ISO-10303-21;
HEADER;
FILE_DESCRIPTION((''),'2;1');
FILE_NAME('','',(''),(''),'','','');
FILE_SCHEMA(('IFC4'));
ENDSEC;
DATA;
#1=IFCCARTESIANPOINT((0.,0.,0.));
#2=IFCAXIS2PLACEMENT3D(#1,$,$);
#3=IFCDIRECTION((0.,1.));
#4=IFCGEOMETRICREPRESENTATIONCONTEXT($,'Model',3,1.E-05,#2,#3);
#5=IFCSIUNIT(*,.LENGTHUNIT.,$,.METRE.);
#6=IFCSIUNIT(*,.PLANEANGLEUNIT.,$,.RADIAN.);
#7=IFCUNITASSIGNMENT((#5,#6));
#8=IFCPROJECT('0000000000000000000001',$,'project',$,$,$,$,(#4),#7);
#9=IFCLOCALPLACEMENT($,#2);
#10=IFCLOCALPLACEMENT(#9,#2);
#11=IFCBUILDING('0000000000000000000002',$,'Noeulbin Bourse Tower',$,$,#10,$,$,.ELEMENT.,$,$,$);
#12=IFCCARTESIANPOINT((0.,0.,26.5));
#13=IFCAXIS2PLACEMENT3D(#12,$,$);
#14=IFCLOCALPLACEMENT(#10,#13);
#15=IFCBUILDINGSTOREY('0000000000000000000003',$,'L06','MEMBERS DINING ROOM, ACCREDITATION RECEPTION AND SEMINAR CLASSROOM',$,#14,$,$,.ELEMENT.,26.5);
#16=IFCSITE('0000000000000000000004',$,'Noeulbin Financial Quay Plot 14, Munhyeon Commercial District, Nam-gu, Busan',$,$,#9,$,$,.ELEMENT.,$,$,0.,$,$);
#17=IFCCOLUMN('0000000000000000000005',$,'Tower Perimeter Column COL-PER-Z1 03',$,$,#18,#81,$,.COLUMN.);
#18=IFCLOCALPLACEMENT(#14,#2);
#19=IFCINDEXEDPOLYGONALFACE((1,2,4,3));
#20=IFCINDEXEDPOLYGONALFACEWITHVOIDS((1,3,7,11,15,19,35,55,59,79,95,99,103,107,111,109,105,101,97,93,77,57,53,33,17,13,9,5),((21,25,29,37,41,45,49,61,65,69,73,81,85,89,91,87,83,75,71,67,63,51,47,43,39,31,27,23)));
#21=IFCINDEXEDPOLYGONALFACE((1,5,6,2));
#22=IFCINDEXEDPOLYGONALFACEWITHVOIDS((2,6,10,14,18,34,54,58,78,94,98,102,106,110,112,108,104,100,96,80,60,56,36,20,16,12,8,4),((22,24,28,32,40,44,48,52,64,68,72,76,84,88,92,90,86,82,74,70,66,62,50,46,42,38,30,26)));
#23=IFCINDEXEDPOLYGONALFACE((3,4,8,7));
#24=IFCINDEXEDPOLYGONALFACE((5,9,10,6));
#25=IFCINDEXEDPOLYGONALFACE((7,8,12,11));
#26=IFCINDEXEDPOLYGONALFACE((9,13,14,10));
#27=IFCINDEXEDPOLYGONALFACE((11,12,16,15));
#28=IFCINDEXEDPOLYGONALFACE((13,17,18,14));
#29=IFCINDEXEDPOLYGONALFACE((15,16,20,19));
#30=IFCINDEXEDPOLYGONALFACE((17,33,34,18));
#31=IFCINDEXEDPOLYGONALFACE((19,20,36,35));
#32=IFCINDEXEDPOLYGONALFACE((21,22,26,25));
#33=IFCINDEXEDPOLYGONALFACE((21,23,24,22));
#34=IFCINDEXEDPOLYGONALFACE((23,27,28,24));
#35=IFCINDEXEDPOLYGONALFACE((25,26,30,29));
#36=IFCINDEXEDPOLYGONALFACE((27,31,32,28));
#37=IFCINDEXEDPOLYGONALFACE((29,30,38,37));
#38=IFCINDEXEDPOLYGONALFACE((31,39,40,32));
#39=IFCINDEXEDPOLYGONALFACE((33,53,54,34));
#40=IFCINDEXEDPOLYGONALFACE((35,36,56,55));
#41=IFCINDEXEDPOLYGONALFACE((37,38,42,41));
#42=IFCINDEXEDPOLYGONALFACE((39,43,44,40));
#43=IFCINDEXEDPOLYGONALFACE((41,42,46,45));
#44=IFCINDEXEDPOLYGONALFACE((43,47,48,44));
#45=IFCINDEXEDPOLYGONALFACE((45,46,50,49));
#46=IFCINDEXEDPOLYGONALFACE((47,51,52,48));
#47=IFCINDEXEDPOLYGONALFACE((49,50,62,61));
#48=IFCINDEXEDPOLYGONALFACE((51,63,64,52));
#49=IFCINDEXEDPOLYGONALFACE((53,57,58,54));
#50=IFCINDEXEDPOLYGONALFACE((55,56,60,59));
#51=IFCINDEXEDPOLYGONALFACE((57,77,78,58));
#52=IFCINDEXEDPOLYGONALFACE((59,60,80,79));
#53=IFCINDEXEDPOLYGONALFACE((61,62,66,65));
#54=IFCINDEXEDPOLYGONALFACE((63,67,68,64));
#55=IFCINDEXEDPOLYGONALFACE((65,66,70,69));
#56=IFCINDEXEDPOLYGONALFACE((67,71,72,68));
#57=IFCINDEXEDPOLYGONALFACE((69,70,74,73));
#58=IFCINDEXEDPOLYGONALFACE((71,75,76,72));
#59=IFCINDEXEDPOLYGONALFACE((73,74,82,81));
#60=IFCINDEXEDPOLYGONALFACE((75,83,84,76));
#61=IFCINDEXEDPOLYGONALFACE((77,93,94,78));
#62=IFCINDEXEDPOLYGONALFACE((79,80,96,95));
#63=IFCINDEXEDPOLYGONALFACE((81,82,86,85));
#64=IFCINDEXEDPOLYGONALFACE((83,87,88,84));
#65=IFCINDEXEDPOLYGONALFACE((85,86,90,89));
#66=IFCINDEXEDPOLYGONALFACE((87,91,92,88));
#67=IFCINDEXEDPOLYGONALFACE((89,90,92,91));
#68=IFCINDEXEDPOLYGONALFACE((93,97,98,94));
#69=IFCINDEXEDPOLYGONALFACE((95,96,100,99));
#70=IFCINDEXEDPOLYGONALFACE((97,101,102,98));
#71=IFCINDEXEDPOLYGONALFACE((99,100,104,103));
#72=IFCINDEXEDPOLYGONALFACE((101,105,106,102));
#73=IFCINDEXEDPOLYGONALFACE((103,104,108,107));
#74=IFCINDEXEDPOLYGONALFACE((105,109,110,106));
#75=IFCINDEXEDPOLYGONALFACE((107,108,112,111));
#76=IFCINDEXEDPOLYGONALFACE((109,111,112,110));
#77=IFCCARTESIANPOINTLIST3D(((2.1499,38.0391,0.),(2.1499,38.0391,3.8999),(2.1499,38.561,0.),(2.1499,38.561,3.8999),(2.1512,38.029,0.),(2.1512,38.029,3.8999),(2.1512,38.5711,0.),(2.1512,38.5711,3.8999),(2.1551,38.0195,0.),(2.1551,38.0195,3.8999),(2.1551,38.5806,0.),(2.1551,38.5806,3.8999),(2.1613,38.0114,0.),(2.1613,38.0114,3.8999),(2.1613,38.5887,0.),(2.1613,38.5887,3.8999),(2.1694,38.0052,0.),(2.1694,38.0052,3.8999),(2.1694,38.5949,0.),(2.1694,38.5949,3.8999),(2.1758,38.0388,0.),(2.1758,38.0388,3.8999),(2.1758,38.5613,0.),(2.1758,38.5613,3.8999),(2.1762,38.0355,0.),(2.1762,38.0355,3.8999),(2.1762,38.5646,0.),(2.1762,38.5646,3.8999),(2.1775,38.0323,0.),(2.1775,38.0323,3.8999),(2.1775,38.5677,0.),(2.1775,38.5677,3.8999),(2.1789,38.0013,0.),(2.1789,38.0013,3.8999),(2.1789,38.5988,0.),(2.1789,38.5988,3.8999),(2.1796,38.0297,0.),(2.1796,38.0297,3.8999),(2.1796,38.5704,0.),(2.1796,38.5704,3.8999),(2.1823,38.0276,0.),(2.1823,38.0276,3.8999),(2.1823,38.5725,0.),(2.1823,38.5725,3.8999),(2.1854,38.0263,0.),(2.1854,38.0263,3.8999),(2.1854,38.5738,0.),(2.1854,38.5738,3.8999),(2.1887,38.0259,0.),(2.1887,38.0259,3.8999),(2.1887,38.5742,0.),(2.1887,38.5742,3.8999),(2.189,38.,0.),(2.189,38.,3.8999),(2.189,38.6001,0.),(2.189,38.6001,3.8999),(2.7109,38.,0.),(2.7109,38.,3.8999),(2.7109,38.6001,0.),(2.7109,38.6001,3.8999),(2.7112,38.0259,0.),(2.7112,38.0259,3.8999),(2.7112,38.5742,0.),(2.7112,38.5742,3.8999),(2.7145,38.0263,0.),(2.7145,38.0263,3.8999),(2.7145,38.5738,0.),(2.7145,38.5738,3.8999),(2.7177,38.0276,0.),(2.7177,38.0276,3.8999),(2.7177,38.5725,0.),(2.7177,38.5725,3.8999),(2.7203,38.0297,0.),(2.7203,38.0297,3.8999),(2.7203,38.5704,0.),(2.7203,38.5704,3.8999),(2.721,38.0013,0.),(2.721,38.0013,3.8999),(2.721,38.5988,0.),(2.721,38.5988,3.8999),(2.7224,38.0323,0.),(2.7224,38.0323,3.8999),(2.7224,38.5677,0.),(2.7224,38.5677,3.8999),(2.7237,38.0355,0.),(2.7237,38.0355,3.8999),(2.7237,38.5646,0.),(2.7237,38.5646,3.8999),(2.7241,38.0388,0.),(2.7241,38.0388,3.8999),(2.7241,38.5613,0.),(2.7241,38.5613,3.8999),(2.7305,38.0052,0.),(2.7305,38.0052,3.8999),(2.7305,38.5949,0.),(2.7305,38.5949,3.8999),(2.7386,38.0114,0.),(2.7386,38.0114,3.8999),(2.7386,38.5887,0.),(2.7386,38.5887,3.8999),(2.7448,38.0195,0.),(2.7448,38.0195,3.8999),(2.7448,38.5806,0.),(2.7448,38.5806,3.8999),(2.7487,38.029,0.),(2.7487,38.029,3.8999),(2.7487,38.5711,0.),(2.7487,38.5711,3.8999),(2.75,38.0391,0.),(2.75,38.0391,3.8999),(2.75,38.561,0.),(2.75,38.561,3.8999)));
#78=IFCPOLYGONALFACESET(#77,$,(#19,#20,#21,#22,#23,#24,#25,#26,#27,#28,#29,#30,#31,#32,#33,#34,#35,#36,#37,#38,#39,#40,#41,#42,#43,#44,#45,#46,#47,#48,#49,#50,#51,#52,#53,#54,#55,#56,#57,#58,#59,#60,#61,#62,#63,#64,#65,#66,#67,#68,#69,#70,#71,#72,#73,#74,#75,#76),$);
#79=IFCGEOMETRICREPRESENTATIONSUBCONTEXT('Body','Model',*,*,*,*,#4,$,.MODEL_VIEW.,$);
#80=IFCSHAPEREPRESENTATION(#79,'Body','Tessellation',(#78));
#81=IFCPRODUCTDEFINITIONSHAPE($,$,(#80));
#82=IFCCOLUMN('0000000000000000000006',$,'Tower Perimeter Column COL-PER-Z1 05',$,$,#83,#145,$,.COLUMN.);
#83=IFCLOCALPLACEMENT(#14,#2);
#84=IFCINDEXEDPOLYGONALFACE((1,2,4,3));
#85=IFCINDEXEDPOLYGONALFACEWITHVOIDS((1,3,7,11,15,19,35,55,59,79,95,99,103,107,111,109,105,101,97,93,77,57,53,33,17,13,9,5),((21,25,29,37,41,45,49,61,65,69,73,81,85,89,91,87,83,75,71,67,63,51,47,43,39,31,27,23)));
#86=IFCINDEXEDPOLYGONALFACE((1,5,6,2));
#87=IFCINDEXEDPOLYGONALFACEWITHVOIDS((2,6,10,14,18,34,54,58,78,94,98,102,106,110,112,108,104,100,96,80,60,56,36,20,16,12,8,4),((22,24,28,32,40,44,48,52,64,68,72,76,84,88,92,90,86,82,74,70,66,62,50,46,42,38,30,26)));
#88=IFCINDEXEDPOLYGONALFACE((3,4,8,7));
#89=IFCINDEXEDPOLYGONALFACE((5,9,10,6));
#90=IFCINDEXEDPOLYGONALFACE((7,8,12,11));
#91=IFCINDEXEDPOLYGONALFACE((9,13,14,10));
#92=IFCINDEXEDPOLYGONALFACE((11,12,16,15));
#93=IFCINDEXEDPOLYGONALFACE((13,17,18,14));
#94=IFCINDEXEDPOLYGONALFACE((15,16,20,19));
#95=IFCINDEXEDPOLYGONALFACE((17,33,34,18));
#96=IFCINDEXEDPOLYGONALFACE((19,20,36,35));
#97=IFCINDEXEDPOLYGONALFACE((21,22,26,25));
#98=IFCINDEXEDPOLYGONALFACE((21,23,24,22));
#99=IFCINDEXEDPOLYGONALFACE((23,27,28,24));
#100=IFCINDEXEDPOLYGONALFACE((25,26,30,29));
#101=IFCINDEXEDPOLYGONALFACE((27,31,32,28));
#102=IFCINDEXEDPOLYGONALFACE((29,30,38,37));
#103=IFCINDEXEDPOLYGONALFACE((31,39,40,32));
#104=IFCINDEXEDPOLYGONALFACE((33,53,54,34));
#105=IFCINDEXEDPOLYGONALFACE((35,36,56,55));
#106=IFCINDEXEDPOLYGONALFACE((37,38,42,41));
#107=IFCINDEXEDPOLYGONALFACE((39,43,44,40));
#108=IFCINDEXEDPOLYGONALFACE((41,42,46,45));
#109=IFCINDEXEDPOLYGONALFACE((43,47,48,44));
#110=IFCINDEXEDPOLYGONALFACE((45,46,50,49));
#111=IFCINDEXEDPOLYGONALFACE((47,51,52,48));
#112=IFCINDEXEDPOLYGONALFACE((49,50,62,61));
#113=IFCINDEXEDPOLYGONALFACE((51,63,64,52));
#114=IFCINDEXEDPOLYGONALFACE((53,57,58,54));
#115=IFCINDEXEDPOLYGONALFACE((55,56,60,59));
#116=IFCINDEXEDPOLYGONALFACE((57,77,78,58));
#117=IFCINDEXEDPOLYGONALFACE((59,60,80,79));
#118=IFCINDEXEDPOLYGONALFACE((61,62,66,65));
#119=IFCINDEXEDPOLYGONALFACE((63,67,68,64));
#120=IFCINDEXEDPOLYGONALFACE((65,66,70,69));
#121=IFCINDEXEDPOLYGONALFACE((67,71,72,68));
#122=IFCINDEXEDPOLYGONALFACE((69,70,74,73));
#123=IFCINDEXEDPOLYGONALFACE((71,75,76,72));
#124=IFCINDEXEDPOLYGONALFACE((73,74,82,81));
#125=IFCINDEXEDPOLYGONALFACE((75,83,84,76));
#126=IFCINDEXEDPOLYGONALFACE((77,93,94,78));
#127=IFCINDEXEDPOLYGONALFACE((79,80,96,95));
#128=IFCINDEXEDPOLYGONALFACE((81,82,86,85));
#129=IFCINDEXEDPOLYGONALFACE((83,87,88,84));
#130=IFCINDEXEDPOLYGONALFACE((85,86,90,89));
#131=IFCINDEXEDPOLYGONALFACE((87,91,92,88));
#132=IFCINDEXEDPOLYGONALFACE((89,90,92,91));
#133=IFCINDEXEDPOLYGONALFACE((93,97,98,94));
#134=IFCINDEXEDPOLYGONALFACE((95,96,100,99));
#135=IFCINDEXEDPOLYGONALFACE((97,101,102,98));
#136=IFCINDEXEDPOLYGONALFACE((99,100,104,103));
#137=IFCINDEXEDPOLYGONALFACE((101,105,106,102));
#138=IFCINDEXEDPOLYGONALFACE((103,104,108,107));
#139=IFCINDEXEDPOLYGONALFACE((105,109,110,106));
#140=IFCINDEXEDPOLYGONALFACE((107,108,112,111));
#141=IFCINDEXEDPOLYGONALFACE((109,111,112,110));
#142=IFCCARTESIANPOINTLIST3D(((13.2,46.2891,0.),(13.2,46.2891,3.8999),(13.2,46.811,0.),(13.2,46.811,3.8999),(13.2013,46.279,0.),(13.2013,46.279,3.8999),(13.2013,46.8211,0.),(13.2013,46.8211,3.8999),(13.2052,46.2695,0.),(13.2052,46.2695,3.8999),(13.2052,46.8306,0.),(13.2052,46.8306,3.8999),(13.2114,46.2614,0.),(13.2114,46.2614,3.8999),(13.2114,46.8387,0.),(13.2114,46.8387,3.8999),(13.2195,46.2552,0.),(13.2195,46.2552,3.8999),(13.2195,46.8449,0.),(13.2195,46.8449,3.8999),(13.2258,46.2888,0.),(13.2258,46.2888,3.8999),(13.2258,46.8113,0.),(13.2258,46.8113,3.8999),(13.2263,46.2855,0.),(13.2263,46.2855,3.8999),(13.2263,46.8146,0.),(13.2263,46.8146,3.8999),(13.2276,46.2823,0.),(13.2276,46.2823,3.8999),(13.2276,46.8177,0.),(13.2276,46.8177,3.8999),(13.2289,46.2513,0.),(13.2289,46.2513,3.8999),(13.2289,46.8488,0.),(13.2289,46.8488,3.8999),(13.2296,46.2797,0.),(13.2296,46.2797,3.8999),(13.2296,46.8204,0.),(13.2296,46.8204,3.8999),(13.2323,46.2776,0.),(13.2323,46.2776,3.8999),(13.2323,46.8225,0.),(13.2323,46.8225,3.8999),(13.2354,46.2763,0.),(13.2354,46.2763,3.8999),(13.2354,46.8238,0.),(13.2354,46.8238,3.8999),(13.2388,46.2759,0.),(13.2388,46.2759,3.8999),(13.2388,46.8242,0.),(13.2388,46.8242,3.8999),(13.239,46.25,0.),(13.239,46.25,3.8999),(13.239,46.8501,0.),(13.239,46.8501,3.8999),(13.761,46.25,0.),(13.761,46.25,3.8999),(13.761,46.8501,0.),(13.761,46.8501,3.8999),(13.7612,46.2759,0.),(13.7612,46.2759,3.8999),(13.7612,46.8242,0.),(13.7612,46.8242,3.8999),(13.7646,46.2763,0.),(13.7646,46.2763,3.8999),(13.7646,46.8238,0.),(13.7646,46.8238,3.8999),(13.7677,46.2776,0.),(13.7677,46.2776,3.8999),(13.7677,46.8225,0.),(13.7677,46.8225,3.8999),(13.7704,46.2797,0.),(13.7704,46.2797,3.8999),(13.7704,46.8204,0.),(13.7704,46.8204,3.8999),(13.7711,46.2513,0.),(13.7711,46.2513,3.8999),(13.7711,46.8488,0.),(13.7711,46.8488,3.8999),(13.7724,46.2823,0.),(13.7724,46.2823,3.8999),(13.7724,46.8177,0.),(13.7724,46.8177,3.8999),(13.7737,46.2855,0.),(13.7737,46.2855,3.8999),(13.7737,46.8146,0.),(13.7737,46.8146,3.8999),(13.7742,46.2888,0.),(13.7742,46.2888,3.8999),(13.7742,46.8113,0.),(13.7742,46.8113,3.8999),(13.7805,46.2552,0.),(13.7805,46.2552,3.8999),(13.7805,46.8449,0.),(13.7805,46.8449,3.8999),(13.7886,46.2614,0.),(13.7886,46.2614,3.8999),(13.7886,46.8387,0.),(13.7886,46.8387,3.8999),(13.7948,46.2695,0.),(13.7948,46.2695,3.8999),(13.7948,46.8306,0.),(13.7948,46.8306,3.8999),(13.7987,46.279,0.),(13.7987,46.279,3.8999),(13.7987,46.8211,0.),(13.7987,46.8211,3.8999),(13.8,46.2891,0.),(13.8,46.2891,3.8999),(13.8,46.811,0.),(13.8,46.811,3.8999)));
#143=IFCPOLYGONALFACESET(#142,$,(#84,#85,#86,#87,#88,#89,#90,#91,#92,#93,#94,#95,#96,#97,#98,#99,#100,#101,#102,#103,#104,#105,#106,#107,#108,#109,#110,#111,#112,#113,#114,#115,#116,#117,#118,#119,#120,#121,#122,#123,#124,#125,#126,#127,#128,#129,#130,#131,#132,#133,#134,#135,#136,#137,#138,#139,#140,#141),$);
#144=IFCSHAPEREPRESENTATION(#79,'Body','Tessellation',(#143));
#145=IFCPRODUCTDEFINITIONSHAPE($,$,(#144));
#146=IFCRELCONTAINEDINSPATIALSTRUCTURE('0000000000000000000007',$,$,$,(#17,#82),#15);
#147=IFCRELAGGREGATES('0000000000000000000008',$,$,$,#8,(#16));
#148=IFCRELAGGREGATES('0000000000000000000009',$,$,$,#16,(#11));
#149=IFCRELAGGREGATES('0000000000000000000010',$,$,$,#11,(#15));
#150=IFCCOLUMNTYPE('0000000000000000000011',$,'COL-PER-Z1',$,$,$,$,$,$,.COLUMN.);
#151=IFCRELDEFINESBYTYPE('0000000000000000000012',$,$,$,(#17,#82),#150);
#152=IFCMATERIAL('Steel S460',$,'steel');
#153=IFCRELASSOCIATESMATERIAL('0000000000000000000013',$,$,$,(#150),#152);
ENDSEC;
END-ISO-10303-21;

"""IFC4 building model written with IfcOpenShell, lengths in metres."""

from ifc_helpers import new_model, si_unit, direction, frame, origin, origin_2d, place, context, subcontext, project, spatial, hollow_rectangle, extrude, material, material_profile, profile_set, type_object, element, save


model = new_model("IFC4")

# Units and contexts
model_context = context("Model", 3, precision=1e-05, world=origin(), true_north=direction((0.0, 1.0)))
body_context = subcontext(model_context, "Body", "Model", "MODEL_VIEW")
ifc_project = project(units=[si_unit("LENGTHUNIT", "METRE"), si_unit("PLANEANGLEUNIT", "RADIAN")], contexts=[model_context])

# Site, building, storey
site_placement = place(None, origin())
site = spatial("IfcSite", under=ifc_project, at=site_placement, Name="Noeulbin Financial Quay Plot 14, Munhyeon Commercial District, Nam-gu, Busan", CompositionType="ELEMENT", RefElevation=0.0)
building_placement = place(site_placement, origin())
building = spatial("IfcBuilding", under=site, at=building_placement, Name="Noeulbin Bourse Tower", CompositionType="ELEMENT")
storey_placement = place(building_placement, frame((0.0, 0.0, 26.5)))
storey = spatial("IfcBuildingStorey", under=building, at=storey_placement, Name="L06", Description="MEMBERS DINING ROOM, ACCREDITATION RECEPTION AND SEMINAR CLASSROOM", CompositionType="ELEMENT", Elevation=26.5)

# Columns
ifc_material_1 = material(Name="Steel S460", Category="steel")
ifc_material_profile_1 = material_profile(ifc_material_1, hollow_rectangle(XDim=0.6001, YDim=0.6001, WallThickness=0.0259, InnerFilletRadius=0.0129, OuterFilletRadius=0.0391, at=origin_2d()), Name="BOX-600x600x26", Category="LoadBearing")
ifc_profile_set_1 = profile_set([ifc_material_profile_1], Name="Steel S460")
column_type_1 = type_object("IfcColumnType", Name="COL-PER-Z1", PredefinedType="COLUMN", material=ifc_profile_set_1)
for number, where, z_axis, x_axis, name in (
    (1, (2.45, 38.3, 0.0), (0.0, 0.0, 1.0), (1.0, 0.0, 0.0), "Tower Perimeter Column COL-PER-Z1 03"),
    (2, (13.5, 46.55, 0.0), (0.0, 0.0, 1.0), (1.0, 0.0, 0.0), "Tower Perimeter Column COL-PER-Z1 05"),
):
    element("IfcColumn", number, at=place(storey_placement, frame(where, z_axis=z_axis, x_axis=x_axis)), inside=storey, type_object=column_type_1, Name=name, PredefinedType="COLUMN", context=body_context, shape_type="SweptSolid", body=[
        extrude(hollow_rectangle(XDim=0.6001, YDim=0.6001, WallThickness=0.0259, InnerFilletRadius=0.0129, OuterFilletRadius=0.0391, at=origin_2d()), origin(), (0.0, 0.0, 1.0), 3.8999),
    ])

save(model, "model.ifc")
